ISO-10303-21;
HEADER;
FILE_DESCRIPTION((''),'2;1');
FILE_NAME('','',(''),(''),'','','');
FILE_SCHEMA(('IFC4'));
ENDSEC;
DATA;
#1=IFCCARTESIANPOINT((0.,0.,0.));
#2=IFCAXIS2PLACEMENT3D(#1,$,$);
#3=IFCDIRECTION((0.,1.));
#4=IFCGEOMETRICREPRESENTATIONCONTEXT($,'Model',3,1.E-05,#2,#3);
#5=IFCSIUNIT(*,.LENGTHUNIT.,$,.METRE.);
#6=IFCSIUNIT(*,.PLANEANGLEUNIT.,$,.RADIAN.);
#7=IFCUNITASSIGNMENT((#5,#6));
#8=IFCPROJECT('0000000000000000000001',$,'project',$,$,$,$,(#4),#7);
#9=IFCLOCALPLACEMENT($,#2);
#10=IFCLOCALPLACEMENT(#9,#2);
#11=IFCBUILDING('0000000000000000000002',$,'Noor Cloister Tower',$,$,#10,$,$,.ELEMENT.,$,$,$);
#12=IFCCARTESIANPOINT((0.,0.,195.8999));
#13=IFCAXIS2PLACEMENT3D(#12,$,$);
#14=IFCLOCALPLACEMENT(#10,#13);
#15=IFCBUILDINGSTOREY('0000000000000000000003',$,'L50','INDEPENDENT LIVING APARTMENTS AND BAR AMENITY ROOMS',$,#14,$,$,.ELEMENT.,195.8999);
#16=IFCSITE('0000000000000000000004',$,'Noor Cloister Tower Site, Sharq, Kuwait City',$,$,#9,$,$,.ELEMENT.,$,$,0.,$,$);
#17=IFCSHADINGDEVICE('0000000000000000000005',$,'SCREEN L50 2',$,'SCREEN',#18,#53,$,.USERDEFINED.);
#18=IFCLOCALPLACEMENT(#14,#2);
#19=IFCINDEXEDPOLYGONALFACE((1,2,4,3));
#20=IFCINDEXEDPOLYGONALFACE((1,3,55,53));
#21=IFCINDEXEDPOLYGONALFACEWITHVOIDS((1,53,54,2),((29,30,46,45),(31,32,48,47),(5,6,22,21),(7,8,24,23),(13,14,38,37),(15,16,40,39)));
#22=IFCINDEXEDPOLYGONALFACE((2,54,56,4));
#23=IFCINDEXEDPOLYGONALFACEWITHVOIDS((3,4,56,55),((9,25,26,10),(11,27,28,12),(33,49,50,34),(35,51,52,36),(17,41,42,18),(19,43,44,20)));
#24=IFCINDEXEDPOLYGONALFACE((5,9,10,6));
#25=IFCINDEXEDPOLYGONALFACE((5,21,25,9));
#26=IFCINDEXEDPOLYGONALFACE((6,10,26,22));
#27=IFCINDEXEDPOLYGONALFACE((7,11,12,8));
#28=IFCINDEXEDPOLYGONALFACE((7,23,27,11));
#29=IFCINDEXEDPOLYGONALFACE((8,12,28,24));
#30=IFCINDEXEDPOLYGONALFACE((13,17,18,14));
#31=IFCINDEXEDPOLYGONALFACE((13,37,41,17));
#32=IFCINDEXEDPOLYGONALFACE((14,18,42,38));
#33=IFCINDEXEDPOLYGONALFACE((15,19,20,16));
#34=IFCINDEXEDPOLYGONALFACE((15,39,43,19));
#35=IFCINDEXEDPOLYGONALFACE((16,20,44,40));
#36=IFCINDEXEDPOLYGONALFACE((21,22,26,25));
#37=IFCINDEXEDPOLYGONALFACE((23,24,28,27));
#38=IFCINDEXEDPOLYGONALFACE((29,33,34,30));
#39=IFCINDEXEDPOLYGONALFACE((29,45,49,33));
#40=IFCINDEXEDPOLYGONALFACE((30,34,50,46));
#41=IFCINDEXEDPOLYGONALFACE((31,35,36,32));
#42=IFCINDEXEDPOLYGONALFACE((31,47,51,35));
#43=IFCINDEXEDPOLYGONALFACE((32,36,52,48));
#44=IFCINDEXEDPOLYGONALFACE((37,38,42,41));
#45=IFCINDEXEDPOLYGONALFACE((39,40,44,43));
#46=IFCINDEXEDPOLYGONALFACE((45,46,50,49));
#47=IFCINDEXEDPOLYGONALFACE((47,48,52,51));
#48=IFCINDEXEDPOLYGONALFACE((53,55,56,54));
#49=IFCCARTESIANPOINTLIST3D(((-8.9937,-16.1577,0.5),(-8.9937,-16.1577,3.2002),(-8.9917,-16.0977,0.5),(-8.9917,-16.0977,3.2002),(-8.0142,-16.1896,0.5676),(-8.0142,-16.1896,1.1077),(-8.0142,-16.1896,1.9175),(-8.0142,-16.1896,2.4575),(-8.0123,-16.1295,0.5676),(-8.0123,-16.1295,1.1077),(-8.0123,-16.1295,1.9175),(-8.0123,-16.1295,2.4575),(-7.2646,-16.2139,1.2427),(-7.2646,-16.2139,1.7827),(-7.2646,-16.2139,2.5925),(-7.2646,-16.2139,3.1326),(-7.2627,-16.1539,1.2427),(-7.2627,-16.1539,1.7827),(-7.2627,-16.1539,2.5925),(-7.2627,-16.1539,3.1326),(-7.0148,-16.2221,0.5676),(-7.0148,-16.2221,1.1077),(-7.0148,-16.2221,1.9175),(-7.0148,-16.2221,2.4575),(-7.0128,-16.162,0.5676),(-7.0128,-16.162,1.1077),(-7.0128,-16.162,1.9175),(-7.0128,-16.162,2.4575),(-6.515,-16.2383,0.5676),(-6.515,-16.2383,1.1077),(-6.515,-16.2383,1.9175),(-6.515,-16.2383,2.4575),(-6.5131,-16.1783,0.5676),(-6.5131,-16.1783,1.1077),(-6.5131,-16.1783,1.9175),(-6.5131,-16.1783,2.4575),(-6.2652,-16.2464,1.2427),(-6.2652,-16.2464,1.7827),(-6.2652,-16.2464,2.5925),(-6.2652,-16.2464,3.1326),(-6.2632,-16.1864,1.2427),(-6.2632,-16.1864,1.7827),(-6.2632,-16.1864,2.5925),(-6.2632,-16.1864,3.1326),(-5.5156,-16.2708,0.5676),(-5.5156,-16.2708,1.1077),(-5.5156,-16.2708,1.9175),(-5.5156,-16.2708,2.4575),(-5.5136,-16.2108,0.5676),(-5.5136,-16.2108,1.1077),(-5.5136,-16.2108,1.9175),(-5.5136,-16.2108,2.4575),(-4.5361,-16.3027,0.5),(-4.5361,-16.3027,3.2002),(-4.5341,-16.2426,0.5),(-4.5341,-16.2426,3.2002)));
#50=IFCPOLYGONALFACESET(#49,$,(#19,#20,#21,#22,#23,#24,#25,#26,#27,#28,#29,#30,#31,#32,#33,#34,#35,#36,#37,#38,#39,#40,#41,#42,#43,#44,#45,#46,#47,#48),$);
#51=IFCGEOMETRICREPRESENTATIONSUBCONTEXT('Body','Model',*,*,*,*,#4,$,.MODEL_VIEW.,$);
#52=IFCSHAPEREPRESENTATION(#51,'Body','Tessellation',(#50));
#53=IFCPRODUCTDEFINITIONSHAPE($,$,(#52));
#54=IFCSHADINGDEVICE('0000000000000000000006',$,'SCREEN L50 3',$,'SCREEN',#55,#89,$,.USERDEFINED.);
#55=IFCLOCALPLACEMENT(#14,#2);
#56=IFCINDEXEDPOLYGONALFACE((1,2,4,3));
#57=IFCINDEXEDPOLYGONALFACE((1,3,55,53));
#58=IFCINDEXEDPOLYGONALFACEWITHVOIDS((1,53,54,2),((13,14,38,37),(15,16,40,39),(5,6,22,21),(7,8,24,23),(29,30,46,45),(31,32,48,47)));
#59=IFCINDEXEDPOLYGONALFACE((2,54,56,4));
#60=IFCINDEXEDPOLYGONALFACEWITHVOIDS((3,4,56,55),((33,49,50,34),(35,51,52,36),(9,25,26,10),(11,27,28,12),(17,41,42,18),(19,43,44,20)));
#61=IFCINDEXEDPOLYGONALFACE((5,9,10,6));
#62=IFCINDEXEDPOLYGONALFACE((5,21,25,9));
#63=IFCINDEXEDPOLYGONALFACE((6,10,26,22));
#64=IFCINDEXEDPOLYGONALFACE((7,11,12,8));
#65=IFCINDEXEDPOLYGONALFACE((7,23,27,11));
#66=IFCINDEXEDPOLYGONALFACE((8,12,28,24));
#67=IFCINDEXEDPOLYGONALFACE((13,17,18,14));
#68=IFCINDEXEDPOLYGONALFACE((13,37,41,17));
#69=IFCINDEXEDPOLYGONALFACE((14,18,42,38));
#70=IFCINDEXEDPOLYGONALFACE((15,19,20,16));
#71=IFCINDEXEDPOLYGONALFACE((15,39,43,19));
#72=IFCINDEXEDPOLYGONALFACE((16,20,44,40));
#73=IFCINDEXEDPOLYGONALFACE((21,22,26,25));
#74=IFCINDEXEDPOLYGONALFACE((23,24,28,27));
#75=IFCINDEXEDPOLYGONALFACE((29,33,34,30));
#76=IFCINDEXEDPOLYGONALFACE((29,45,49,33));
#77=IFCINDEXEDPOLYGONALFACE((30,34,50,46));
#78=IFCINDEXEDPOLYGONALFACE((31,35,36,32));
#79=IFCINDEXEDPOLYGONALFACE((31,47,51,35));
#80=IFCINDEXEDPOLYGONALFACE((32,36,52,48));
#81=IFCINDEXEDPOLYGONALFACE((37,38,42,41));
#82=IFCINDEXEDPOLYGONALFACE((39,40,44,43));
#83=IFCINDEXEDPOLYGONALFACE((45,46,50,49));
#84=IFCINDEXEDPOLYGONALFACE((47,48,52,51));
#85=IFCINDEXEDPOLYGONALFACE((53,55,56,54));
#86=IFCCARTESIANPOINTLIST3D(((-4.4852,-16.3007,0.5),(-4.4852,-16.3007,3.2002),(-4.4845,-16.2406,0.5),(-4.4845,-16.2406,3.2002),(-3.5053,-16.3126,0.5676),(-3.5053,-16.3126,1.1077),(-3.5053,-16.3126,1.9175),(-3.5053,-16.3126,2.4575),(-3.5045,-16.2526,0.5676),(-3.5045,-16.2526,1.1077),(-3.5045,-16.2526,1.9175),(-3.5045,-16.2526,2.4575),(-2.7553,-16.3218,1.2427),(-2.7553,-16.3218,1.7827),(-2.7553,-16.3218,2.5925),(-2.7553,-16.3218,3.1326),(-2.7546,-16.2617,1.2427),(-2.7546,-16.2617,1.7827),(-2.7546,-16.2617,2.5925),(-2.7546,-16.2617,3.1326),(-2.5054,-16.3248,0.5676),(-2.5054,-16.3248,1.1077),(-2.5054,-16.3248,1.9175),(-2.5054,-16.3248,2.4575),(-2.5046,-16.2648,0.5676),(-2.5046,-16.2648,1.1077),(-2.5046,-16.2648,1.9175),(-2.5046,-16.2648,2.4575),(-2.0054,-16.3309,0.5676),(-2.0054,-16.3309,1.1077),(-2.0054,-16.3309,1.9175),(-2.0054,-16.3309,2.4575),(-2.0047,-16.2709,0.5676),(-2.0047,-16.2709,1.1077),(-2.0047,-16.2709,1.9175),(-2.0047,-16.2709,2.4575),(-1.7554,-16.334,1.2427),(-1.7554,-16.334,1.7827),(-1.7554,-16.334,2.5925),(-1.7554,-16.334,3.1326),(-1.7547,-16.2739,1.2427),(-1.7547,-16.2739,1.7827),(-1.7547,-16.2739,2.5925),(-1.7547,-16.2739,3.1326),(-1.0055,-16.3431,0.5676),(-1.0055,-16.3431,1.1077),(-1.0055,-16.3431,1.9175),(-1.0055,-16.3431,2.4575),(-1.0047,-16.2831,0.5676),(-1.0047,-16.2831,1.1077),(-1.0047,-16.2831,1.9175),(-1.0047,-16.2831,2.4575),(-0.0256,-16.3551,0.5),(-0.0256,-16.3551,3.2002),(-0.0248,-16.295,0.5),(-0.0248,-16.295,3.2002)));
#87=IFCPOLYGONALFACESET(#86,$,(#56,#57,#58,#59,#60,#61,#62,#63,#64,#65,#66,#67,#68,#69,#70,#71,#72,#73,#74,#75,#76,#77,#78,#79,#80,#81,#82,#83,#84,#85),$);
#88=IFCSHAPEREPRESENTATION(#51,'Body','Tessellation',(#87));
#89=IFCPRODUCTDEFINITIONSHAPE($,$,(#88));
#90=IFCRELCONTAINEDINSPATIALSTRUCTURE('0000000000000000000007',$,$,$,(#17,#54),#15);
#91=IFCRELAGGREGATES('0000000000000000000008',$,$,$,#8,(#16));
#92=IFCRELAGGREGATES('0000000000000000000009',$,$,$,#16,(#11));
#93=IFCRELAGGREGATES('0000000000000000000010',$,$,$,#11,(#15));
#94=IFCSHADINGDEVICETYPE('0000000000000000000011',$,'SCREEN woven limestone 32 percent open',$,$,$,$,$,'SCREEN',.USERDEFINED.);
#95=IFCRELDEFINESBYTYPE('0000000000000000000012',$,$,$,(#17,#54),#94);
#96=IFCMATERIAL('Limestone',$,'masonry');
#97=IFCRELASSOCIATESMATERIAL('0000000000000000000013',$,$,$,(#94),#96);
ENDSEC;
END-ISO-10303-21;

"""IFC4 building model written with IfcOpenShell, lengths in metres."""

from ifc_helpers import new_model, si_unit, direction, frame, origin, place, context, subcontext, project, spatial, polyline, outline, extrude, material, material_profile, profile_set, type_object, element, save


model = new_model("IFC4")

# Units and contexts
model_context = context("Model", 3, precision=1e-05, world=origin(), true_north=direction((0.0, 1.0)))
body_context = subcontext(model_context, "Body", "Model", "MODEL_VIEW")
ifc_project = project(units=[si_unit("LENGTHUNIT", "METRE"), si_unit("PLANEANGLEUNIT", "RADIAN")], contexts=[model_context])

# Site, building, storey
site_placement = place(None, origin())
site = spatial("IfcSite", under=ifc_project, at=site_placement, Name="Noor Cloister Tower Site, Sharq, Kuwait City", CompositionType="ELEMENT", RefElevation=0.0)
building_placement = place(site_placement, origin())
building = spatial("IfcBuilding", under=site, at=building_placement, Name="Noor Cloister Tower", CompositionType="ELEMENT")
storey_placement = place(building_placement, frame((0.0, 0.0, 195.8999)))
storey = spatial("IfcBuildingStorey", under=building, at=storey_placement, Name="L50", Description="INDEPENDENT LIVING APARTMENTS AND BAR AMENITY ROOMS", CompositionType="ELEMENT", Elevation=195.8999)

# Shading devices
ifc_material_1 = material(Name="Limestone", Category="masonry")
ifc_material_profile_1 = material_profile(ifc_material_1, outline(polyline([(-2.23, -1.3501), (2.23, -1.3501), (2.23, 1.3501), (-2.23, 1.3501), (-2.23, -1.3501)]), holes=[polyline([(-1.25, -1.2825), (-0.25, -1.2825), (-0.25, -0.7424), (-1.25, -0.7424), (-1.25, -1.2825)]), polyline([(0.25, -1.2825), (1.25, -1.2825), (1.25, -0.7424), (0.25, -0.7424), (0.25, -1.2825)]), polyline([(-0.5, -0.6074), (0.5, -0.6074), (0.5, -0.0674), (-0.5, -0.0674), (-0.5, -0.6074)]), polyline([(-1.25, 0.0674), (-0.25, 0.0674), (-0.25, 0.6074), (-1.25, 0.6074), (-1.25, 0.0674)]), polyline([(0.25, 0.0674), (1.25, 0.0674), (1.25, 0.6074), (0.25, 0.6074), (0.25, 0.0674)]), polyline([(-0.5, 0.7424), (0.5, 0.7424), (0.5, 1.2825), (-0.5, 1.2825), (-0.5, 0.7424)])]), Name="Woven screen 32 percent open")
ifc_profile_set_1 = profile_set([ifc_material_profile_1], Name="Limestone")
shading_device_type = type_object("IfcShadingDeviceType", Name="SCREEN woven limestone 32 percent open", ElementType="SCREEN", PredefinedType="USERDEFINED", material=ifc_profile_set_1)
for number, where, z_axis, x_axis, name in (
    (1, (-6.7629, -16.1702, 1.8501), (-0.032503, -0.999472, 0.0), (0.999472, -0.032503, 0.0), "SCREEN L50 2"),
    (2, (-2.2546, -16.2678, 1.8501), (-0.012194, -0.999926, 0.0), (0.999926, -0.012194, 0.0), "SCREEN L50 3"),
):
    element("IfcShadingDevice", number, at=place(storey_placement, frame(where, z_axis=z_axis, x_axis=x_axis)), inside=storey, type_object=shading_device_type, Name=name, ObjectType="SCREEN", PredefinedType="USERDEFINED", context=body_context, shape_type="SweptSolid", body=[
        extrude(outline(polyline([(-2.23, -1.3501), (2.23, -1.3501), (2.23, 1.3501), (-2.23, 1.3501), (-2.23, -1.3501)]), holes=[polyline([(-1.25, -1.2825), (-0.25, -1.2825), (-0.25, -0.7424), (-1.25, -0.7424), (-1.25, -1.2825)]), polyline([(0.25, -1.2825), (1.25, -1.2825), (1.25, -0.7424), (0.25, -0.7424), (0.25, -1.2825)]), polyline([(-0.5, -0.6074), (0.5, -0.6074), (0.5, -0.0674), (-0.5, -0.0674), (-0.5, -0.6074)]), polyline([(-1.25, 0.0674), (-0.25, 0.0674), (-0.25, 0.6074), (-1.25, 0.6074), (-1.25, 0.0674)]), polyline([(0.25, 0.0674), (1.25, 0.0674), (1.25, 0.6074), (0.25, 0.6074), (0.25, 0.0674)]), polyline([(-0.5, 0.7424), (0.5, 0.7424), (0.5, 1.2825), (-0.5, 1.2825), (-0.5, 0.7424)])]), origin(), (0.0, 0.0, 1.0), 0.0601),
    ])

save(model, "model.ifc")
